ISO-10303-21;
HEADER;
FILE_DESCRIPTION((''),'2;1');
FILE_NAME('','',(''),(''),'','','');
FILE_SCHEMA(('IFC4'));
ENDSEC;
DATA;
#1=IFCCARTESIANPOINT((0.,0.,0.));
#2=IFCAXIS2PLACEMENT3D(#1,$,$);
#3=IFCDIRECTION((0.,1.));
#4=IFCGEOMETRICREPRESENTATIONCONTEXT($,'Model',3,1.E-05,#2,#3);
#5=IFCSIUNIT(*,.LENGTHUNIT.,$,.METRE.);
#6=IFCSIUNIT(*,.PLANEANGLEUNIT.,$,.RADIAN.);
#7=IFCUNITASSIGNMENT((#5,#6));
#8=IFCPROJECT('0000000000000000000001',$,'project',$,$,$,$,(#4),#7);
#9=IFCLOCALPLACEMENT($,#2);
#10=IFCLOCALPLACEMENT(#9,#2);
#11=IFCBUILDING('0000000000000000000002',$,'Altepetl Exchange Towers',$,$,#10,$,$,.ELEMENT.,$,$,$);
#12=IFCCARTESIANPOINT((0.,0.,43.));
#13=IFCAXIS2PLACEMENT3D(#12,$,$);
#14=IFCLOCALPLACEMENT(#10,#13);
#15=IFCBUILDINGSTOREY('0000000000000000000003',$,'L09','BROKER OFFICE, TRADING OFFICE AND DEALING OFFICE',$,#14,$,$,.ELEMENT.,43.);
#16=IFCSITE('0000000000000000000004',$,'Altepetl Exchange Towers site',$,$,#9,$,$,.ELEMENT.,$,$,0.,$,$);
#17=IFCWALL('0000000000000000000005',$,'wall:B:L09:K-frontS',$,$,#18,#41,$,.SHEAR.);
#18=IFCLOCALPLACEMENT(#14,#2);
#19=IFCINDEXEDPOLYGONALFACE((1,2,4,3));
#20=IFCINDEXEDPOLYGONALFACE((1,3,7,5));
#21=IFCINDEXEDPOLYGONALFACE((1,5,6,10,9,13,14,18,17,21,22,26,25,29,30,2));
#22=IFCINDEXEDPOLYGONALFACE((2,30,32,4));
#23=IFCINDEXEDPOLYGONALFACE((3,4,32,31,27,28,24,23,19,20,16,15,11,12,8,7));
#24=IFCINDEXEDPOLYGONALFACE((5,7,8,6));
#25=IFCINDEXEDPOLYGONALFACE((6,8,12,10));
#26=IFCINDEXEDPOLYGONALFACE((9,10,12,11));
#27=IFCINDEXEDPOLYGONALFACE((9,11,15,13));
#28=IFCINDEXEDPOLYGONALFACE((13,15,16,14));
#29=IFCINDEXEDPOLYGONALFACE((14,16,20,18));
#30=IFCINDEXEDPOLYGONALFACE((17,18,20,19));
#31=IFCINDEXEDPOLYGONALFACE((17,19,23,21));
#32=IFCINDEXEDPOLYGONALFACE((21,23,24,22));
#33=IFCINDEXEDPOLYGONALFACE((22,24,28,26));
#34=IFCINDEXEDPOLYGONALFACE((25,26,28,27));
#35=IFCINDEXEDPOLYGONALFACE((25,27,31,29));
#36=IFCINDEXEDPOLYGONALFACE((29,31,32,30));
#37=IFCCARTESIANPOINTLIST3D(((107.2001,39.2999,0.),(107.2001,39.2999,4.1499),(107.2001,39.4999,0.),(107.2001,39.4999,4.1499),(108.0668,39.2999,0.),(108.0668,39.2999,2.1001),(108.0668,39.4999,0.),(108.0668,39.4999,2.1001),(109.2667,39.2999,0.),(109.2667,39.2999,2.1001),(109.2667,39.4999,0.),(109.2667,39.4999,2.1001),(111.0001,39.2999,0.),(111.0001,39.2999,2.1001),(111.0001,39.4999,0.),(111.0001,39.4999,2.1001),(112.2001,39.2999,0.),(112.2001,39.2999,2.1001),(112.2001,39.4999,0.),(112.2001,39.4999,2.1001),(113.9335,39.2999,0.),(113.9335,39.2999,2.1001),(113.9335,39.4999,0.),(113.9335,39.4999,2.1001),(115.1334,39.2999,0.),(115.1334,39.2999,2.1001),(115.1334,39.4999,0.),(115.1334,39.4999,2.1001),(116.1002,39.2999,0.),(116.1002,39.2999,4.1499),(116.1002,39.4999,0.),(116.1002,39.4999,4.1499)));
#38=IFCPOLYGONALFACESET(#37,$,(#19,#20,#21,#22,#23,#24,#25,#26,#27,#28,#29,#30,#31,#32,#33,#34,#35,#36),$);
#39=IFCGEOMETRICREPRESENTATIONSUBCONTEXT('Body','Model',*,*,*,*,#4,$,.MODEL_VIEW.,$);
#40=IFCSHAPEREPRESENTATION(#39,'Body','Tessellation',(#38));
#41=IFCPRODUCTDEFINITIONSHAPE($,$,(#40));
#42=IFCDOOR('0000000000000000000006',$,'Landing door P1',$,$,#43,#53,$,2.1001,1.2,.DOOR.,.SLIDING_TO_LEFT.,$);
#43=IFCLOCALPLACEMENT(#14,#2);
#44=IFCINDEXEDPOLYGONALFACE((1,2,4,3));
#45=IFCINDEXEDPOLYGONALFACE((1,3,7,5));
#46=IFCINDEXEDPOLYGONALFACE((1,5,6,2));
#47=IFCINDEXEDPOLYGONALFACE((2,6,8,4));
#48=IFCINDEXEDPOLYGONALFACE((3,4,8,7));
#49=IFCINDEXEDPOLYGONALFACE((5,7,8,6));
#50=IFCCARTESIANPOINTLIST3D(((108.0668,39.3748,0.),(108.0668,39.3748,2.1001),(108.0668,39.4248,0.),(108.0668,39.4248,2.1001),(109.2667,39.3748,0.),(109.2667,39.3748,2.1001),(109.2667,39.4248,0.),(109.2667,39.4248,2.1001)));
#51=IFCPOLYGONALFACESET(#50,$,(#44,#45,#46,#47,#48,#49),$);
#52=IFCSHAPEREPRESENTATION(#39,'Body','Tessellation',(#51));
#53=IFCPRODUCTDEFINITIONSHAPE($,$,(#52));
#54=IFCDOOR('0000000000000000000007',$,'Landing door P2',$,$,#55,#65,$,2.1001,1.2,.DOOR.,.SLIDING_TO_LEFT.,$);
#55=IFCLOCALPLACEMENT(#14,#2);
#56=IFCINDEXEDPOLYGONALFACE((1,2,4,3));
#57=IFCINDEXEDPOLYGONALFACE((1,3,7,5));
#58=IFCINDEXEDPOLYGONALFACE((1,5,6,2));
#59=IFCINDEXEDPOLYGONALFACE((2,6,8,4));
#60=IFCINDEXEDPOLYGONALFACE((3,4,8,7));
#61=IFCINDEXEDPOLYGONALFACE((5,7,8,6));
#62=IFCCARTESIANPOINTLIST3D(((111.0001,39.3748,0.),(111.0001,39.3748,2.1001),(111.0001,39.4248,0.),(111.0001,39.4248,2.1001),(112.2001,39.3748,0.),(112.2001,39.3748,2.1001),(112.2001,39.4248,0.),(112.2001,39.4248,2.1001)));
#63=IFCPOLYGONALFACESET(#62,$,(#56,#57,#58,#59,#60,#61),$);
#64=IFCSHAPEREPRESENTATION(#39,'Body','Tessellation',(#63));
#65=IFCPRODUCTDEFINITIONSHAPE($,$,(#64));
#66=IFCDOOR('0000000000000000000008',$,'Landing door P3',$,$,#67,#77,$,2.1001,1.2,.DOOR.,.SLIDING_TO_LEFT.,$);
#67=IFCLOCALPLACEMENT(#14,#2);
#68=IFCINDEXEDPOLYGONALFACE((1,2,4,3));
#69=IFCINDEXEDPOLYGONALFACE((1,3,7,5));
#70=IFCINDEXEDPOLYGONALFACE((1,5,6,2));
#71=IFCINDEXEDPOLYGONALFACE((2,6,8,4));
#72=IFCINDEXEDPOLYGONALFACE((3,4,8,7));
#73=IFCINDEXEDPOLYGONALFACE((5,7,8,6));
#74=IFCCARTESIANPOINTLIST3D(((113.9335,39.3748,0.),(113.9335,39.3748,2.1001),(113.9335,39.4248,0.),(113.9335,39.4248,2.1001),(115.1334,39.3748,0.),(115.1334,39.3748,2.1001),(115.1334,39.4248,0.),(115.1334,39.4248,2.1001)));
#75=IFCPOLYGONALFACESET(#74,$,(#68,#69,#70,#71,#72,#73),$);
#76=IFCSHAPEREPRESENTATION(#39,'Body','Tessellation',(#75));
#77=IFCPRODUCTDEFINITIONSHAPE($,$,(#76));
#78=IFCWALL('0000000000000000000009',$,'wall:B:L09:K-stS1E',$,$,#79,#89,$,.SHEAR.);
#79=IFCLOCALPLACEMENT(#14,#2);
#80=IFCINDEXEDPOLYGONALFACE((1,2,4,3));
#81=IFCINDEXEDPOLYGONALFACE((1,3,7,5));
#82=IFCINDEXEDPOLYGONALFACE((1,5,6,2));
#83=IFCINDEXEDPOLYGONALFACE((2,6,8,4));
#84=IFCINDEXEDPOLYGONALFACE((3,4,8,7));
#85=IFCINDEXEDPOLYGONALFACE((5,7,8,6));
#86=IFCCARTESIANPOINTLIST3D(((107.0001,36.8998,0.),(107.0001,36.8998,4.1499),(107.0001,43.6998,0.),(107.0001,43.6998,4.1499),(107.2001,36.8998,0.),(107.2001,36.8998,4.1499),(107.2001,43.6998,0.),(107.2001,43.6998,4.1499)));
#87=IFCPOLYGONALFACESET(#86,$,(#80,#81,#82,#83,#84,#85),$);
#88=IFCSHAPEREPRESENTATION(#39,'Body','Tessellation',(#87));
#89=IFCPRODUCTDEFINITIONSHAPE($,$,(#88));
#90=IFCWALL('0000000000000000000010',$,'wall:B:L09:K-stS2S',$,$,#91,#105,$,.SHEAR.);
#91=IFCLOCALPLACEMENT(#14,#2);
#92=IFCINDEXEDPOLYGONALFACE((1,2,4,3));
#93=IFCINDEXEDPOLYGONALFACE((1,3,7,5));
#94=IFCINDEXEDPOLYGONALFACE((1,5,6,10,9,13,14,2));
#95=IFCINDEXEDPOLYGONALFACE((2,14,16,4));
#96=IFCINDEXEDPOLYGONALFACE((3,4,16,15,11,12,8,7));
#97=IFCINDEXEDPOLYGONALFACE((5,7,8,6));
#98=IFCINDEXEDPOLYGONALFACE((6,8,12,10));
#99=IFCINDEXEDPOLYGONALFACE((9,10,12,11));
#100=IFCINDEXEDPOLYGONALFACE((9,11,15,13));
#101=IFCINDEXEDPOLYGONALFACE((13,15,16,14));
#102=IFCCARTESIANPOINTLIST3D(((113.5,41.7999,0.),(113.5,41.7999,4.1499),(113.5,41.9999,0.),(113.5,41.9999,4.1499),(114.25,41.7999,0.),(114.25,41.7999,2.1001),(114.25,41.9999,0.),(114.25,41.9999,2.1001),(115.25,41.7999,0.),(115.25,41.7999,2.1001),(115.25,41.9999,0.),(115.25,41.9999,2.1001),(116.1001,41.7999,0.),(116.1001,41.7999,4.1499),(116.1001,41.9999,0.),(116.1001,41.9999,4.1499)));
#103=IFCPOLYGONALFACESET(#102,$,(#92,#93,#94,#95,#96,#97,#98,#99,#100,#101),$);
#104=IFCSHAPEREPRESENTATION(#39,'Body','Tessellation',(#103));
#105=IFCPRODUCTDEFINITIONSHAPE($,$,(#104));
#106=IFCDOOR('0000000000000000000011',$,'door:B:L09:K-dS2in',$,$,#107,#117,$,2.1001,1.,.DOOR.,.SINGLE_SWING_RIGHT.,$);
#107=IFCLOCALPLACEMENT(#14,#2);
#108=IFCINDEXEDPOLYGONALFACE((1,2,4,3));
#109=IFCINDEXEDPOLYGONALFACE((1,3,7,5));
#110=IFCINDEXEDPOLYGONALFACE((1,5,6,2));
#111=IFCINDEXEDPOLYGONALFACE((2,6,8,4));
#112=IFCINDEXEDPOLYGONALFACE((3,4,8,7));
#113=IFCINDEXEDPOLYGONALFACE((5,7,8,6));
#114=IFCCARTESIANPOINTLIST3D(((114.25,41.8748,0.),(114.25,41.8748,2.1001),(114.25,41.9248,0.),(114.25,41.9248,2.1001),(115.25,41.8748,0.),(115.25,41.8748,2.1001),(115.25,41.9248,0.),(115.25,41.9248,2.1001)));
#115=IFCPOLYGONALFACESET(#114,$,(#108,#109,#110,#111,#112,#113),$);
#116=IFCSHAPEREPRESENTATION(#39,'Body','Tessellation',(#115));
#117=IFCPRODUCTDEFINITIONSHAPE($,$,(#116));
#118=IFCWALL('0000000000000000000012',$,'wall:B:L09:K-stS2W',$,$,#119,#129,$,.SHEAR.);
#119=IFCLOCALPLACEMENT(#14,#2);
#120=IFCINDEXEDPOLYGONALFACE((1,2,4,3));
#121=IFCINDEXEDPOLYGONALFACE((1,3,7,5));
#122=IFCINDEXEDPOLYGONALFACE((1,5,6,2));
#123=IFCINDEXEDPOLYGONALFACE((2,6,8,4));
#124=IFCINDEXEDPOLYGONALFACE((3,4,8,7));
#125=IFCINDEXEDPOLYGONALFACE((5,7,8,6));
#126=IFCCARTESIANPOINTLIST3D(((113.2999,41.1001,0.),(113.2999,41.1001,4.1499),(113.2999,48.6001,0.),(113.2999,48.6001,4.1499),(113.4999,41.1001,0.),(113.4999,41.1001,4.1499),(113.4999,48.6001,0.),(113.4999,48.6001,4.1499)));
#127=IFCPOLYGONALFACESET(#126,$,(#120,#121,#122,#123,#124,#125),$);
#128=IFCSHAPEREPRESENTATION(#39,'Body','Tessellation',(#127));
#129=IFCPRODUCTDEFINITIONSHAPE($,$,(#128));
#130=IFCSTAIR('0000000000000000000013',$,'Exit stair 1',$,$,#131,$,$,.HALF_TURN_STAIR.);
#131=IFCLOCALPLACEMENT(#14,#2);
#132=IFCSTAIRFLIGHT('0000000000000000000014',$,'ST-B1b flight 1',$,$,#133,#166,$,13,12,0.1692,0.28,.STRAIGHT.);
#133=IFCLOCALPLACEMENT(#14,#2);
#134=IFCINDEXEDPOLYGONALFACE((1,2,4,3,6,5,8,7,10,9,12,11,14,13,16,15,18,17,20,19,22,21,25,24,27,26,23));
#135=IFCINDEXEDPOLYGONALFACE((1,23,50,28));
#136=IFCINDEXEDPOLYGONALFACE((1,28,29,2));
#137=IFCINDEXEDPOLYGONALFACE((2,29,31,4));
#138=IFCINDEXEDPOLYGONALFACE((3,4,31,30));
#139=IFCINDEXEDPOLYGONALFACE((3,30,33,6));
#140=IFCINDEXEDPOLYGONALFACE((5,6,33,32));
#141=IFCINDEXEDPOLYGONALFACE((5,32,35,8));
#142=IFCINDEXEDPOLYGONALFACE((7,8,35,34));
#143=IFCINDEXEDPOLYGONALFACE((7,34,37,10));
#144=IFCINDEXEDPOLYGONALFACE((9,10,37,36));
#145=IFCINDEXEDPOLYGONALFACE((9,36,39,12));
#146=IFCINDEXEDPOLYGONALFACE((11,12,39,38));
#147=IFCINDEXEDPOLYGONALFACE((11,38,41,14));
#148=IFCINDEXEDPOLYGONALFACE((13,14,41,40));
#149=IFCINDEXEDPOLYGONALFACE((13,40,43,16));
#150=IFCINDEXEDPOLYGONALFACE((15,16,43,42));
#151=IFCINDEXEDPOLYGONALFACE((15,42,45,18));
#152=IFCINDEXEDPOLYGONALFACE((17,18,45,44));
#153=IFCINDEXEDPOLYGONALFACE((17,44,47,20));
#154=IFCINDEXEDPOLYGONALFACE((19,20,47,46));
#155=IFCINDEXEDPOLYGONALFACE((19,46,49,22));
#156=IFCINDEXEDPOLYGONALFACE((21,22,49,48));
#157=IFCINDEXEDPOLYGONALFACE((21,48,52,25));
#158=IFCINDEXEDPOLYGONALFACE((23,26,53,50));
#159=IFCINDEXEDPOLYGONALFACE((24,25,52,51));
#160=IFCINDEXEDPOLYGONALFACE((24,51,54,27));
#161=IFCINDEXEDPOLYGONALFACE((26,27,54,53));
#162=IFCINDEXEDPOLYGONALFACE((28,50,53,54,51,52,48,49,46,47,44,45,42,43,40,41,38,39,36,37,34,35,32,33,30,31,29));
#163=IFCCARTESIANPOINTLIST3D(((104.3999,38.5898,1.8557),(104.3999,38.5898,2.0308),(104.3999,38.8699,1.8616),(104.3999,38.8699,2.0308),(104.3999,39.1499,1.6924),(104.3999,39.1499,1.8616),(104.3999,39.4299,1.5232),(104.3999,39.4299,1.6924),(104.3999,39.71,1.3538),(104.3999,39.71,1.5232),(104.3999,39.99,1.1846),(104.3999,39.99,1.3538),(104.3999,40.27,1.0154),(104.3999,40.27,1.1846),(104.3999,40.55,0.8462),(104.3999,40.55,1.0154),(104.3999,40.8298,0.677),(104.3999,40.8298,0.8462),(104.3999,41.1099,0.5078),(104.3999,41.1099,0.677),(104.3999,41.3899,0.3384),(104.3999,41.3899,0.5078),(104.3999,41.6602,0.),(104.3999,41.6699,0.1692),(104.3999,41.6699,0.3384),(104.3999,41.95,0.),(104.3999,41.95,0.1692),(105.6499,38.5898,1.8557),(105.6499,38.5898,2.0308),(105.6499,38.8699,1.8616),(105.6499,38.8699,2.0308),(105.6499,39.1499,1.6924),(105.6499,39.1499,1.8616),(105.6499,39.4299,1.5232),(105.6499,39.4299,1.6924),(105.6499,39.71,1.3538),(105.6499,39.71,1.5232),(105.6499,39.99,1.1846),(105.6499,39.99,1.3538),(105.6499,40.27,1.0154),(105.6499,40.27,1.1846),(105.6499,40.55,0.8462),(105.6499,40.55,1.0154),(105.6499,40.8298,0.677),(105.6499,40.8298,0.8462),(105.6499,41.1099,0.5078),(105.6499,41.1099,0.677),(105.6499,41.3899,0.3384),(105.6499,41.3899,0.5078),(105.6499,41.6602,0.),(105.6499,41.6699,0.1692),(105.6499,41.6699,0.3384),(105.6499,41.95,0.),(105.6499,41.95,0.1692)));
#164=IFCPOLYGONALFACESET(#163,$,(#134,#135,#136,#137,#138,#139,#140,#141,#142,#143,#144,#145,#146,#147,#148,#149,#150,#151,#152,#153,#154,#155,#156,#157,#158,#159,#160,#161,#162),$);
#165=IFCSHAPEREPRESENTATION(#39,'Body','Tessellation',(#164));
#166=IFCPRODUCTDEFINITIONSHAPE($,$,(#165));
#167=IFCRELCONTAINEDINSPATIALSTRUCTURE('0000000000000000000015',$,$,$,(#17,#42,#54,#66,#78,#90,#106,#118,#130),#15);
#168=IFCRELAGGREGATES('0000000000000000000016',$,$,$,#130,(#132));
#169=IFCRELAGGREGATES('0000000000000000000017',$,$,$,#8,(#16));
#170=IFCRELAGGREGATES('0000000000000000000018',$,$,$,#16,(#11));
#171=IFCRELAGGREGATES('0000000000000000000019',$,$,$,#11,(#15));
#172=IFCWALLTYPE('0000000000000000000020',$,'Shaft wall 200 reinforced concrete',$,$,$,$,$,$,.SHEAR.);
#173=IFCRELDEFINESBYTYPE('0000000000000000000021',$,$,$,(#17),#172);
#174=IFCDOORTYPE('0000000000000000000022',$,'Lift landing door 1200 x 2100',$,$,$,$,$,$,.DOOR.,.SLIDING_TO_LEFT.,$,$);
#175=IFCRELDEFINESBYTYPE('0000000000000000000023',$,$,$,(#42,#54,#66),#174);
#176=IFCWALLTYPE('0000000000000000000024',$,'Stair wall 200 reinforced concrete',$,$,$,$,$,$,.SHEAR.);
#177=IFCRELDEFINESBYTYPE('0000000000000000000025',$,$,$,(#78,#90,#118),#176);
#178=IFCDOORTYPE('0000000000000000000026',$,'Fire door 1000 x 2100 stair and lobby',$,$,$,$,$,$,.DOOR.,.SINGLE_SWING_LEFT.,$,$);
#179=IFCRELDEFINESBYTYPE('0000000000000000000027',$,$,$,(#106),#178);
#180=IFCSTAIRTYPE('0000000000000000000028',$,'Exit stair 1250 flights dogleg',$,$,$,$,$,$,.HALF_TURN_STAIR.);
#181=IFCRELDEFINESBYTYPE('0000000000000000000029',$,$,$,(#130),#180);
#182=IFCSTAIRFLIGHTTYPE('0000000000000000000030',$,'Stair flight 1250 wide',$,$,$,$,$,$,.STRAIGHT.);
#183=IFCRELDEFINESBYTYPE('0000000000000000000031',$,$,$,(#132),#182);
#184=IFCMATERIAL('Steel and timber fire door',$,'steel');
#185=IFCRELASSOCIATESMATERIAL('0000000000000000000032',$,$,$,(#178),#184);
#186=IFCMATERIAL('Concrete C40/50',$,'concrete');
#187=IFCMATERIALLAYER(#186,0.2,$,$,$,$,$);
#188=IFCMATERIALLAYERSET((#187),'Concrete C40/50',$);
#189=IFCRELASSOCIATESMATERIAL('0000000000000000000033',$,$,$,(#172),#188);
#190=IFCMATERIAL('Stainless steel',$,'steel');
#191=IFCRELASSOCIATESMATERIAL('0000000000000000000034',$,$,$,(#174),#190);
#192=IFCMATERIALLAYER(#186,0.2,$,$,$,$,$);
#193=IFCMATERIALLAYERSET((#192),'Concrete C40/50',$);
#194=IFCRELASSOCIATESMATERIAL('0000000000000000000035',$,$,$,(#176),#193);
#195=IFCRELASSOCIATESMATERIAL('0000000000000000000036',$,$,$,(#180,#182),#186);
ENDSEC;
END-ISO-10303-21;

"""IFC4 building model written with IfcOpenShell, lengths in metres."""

from ifc_helpers import new_model, si_unit, direction, frame, frame_2d, origin, place, context, subcontext, project, spatial, polyline, rectangle, outline, extrude, material, layer, layer_set, type_object, element, fill, aggregate, save


model = new_model("IFC4")

# Units and contexts
model_context = context("Model", 3, precision=1e-05, world=origin(), true_north=direction((0.0, 1.0)))
body_context = subcontext(model_context, "Body", "Model", "MODEL_VIEW")
ifc_project = project(units=[si_unit("LENGTHUNIT", "METRE"), si_unit("PLANEANGLEUNIT", "RADIAN")], contexts=[model_context])

# Site, building, storey
site_placement = place(None, origin())
site = spatial("IfcSite", under=ifc_project, at=site_placement, Name="Altepetl Exchange Towers site", CompositionType="ELEMENT", RefElevation=0.0)
building_placement = place(site_placement, origin())
building = spatial("IfcBuilding", under=site, at=building_placement, Name="Altepetl Exchange Towers", CompositionType="ELEMENT")
storey_placement = place(building_placement, frame((0.0, 0.0, 43.0)))
storey = spatial("IfcBuildingStorey", under=building, at=storey_placement, Name="L09", Description="BROKER OFFICE, TRADING OFFICE AND DEALING OFFICE", CompositionType="ELEMENT", Elevation=43.0)

# Shared definitions
ifc_material_1 = material(Name="Steel and timber fire door", Category="steel")
door_type_1 = type_object("IfcDoorType", Name="Fire door 1000 x 2100 stair and lobby", OperationType="SINGLE_SWING_LEFT", PredefinedType="DOOR", material=ifc_material_1)

# Shared definitions
ifc_material_2 = material(Name="Concrete C40/50", Category="concrete")
ifc_layer_1 = layer(ifc_material_2, 0.2)
ifc_layer_set_1 = layer_set([ifc_layer_1], Name="Concrete C40/50")
wall_type_1 = type_object("IfcWallType", Name="Shaft wall 200 reinforced concrete", PredefinedType="SHEAR", material=ifc_layer_set_1)

# Wall, openings, doors
wall_1_placement = place(storey_placement, frame((107.2, 39.3999, 0.0)))
wall_1 = element("IfcWall", 1, at=wall_1_placement, inside=storey, type_object=wall_type_1, Name="wall:B:L09:K-frontS", PredefinedType="SHEAR", context=body_context, shape_type="SweptSolid", body=[
    extrude(rectangle(XDim=8.9001, YDim=0.2, at=frame_2d((4.4502, 0.0))), origin(), (0.0, 0.0, 1.0), 4.1499),
])
opening_1_placement = place(wall_1_placement, frame((0.8667, 0.0, 0.0)))
opening_1 = element("IfcOpeningElement", 2, at=opening_1_placement, cuts=wall_1, PredefinedType="OPENING", context=body_context, shape_type="SweptSolid", body=[
    extrude(rectangle(XDim=1.2, YDim=2.1001, at=frame_2d((0.6001, 1.05))), frame((0.0, 0.1099, 0.0), z_axis=(0.0, -1.0, 0.0), x_axis=(1.0, 0.0, 0.0)), (0.0, 0.0, 1.0), 0.22),
])
opening_2_placement = place(wall_1_placement, frame((3.8, 0.0, 0.0)))
opening_2 = element("IfcOpeningElement", 3, at=opening_2_placement, cuts=wall_1, PredefinedType="OPENING", context=body_context, shape_type="SweptSolid", body=[
    extrude(rectangle(XDim=1.2, YDim=2.1001, at=frame_2d((0.6001, 1.05))), frame((0.0, 0.1099, 0.0), z_axis=(0.0, -1.0, 0.0), x_axis=(1.0, 0.0, 0.0)), (0.0, 0.0, 1.0), 0.22),
])
opening_3_placement = place(wall_1_placement, frame((6.7334, 0.0, 0.0)))
opening_3 = element("IfcOpeningElement", 4, at=opening_3_placement, cuts=wall_1, PredefinedType="OPENING", context=body_context, shape_type="SweptSolid", body=[
    extrude(rectangle(XDim=1.2, YDim=2.1001, at=frame_2d((0.6001, 1.05))), frame((0.0, 0.1099, 0.0), z_axis=(0.0, -1.0, 0.0), x_axis=(1.0, 0.0, 0.0)), (0.0, 0.0, 1.0), 0.22),
])
ifc_material_3 = material(Name="Stainless steel", Category="steel")
door_type_2 = type_object("IfcDoorType", Name="Lift landing door 1200 x 2100", OperationType="SLIDING_TO_LEFT", PredefinedType="DOOR", material=ifc_material_3)
door_1_placement = place(opening_1_placement, origin())
door_1 = element("IfcDoor", 5, at=door_1_placement, inside=storey, type_object=door_type_2, Name="Landing door P1", OperationType="SLIDING_TO_LEFT", OverallHeight=2.1001, OverallWidth=1.2, PredefinedType="DOOR", context=body_context, shape_type="SweptSolid", body=[
    extrude(rectangle(XDim=1.2, YDim=2.1001, at=frame_2d((0.6001, 1.05))), frame((0.0, 0.0249, 0.0), z_axis=(0.0, -1.0, 0.0), x_axis=(1.0, 0.0, 0.0)), (0.0, 0.0, 1.0), 0.05),
])
fill(opening_1, door_1)
door_2_placement = place(opening_2_placement, origin())
door_2 = element("IfcDoor", 6, at=door_2_placement, inside=storey, type_object=door_type_2, Name="Landing door P2", OperationType="SLIDING_TO_LEFT", OverallHeight=2.1001, OverallWidth=1.2, PredefinedType="DOOR", context=body_context, shape_type="SweptSolid", body=[
    extrude(rectangle(XDim=1.2, YDim=2.1001, at=frame_2d((0.6001, 1.05))), frame((0.0, 0.0249, 0.0), z_axis=(0.0, -1.0, 0.0), x_axis=(1.0, 0.0, 0.0)), (0.0, 0.0, 1.0), 0.05),
])
fill(opening_2, door_2)
door_3_placement = place(opening_3_placement, origin())
door_3 = element("IfcDoor", 7, at=door_3_placement, inside=storey, type_object=door_type_2, Name="Landing door P3", OperationType="SLIDING_TO_LEFT", OverallHeight=2.1001, OverallWidth=1.2, PredefinedType="DOOR", context=body_context, shape_type="SweptSolid", body=[
    extrude(rectangle(XDim=1.2, YDim=2.1001, at=frame_2d((0.6001, 1.05))), frame((0.0, 0.0249, 0.0), z_axis=(0.0, -1.0, 0.0), x_axis=(1.0, 0.0, 0.0)), (0.0, 0.0, 1.0), 0.05),
])
fill(opening_3, door_3)

# Wall
ifc_layer_2 = layer(ifc_material_2, 0.2)
ifc_layer_set_2 = layer_set([ifc_layer_2], Name="Concrete C40/50")
wall_type_2 = type_object("IfcWallType", Name="Stair wall 200 reinforced concrete", PredefinedType="SHEAR", material=ifc_layer_set_2)
wall_2_placement = place(storey_placement, frame((107.1001, 36.8999, 0.0), z_axis=(0.0, 0.0, 1.0), x_axis=(0.0, 1.0, 0.0)))
element("IfcWall", 8, at=wall_2_placement, inside=storey, type_object=wall_type_2, Name="wall:B:L09:K-stS1E", PredefinedType="SHEAR", context=body_context, shape_type="SweptSolid", body=[
    extrude(rectangle(XDim=6.8, YDim=0.2, at=frame_2d((3.3999, 0.0))), origin(), (0.0, 0.0, 1.0), 4.1499),
])

# Wall, opening, door
wall_3_placement = place(storey_placement, frame((113.5, 41.8999, 0.0)))
wall_3 = element("IfcWall", 9, at=wall_3_placement, inside=storey, type_object=wall_type_2, Name="wall:B:L09:K-stS2S", PredefinedType="SHEAR", context=body_context, shape_type="SweptSolid", body=[
    extrude(rectangle(XDim=2.6001, YDim=0.2, at=frame_2d((1.3, 0.0))), origin(), (0.0, 0.0, 1.0), 4.1499),
])
opening_4_placement = place(wall_3_placement, frame((0.75, 0.0, 0.0)))
opening_4 = element("IfcOpeningElement", 10, at=opening_4_placement, cuts=wall_3, PredefinedType="OPENING", context=body_context, shape_type="SweptSolid", body=[
    extrude(rectangle(XDim=1.0, YDim=2.1001, at=frame_2d((0.5, 1.05))), frame((0.0, 0.1099, 0.0), z_axis=(0.0, -1.0, 0.0), x_axis=(1.0, 0.0, 0.0)), (0.0, 0.0, 1.0), 0.22),
])
door_4_placement = place(opening_4_placement, origin())
door_4 = element("IfcDoor", 11, at=door_4_placement, inside=storey, type_object=door_type_1, Name="door:B:L09:K-dS2in", OperationType="SINGLE_SWING_RIGHT", OverallHeight=2.1001, OverallWidth=1.0, PredefinedType="DOOR", context=body_context, shape_type="SweptSolid", body=[
    extrude(rectangle(XDim=1.0, YDim=2.1001, at=frame_2d((0.5, 1.05))), frame((0.0, 0.0249, 0.0), z_axis=(0.0, -1.0, 0.0), x_axis=(1.0, 0.0, 0.0)), (0.0, 0.0, 1.0), 0.05),
])
fill(opening_4, door_4)

# Wall
wall_4_placement = place(storey_placement, frame((113.3999, 41.1001, 0.0), z_axis=(0.0, 0.0, 1.0), x_axis=(0.0, 1.0, 0.0)))
element("IfcWall", 12, at=wall_4_placement, inside=storey, type_object=wall_type_2, Name="wall:B:L09:K-stS2W", PredefinedType="SHEAR", context=body_context, shape_type="SweptSolid", body=[
    extrude(rectangle(XDim=7.5, YDim=0.2, at=frame_2d((3.75, 0.0))), origin(), (0.0, 0.0, 1.0), 4.1499),
])

# Stair, stair flight
stair_type = type_object("IfcStairType", Name="Exit stair 1250 flights dogleg", PredefinedType="HALF_TURN_STAIR", material=ifc_material_2)
stair_placement = place(storey_placement, origin())
stair = element("IfcStair", 13, at=stair_placement, inside=storey, type_object=stair_type, Name="Exit stair 1", PredefinedType="HALF_TURN_STAIR")
stair_flight_type = type_object("IfcStairFlightType", Name="Stair flight 1250 wide", PredefinedType="STRAIGHT", material=ifc_material_2)
stair_flight_1_placement = place(storey_placement, frame((105.0249, 41.95, 0.0), z_axis=(0.0, 0.0, 1.0), x_axis=(0.0, -1.0, 0.0)))
stair_flight_1 = element("IfcStairFlight", 14, at=stair_flight_1_placement, type_object=stair_flight_type, Name="ST-B1b flight 1", NumberOfRisers=13, NumberOfTreads=12, PredefinedType="STRAIGHT", RiserHeight=0.1692, TreadLength=0.28, context=body_context, shape_type="SweptSolid", body=[
    extrude(outline(polyline([(0.0, 0.0), (0.0, 0.1692), (0.28, 0.1692), (0.28, 0.3384), (0.5601, 0.3384), (0.5601, 0.5078), (0.8401, 0.5078), (0.8401, 0.677), (1.1201, 0.677), (1.1201, 0.8462), (1.3999, 0.8462), (1.3999, 1.0154), (1.6799, 1.0154), (1.6799, 1.1846), (1.96, 1.1846), (1.96, 1.3538), (2.24, 1.3538), (2.24, 1.5232), (2.52, 1.5232), (2.52, 1.6924), (2.8, 1.6924), (2.8, 1.8616), (3.0801, 1.8616), (3.0801, 2.0308), (3.3601, 2.0308), (3.3601, 2.2), (3.3601, 1.8557), (0.2898, 0.0), (0.0, 0.0)])), frame((0.0, 0.625, 0.0), z_axis=(0.0, -1.0, 0.0), x_axis=(1.0, 0.0, 0.0)), (0.0, 0.0, 1.0), 1.25),
])
aggregate(stair, [stair_flight_1])

save(model, "model.ifc")
